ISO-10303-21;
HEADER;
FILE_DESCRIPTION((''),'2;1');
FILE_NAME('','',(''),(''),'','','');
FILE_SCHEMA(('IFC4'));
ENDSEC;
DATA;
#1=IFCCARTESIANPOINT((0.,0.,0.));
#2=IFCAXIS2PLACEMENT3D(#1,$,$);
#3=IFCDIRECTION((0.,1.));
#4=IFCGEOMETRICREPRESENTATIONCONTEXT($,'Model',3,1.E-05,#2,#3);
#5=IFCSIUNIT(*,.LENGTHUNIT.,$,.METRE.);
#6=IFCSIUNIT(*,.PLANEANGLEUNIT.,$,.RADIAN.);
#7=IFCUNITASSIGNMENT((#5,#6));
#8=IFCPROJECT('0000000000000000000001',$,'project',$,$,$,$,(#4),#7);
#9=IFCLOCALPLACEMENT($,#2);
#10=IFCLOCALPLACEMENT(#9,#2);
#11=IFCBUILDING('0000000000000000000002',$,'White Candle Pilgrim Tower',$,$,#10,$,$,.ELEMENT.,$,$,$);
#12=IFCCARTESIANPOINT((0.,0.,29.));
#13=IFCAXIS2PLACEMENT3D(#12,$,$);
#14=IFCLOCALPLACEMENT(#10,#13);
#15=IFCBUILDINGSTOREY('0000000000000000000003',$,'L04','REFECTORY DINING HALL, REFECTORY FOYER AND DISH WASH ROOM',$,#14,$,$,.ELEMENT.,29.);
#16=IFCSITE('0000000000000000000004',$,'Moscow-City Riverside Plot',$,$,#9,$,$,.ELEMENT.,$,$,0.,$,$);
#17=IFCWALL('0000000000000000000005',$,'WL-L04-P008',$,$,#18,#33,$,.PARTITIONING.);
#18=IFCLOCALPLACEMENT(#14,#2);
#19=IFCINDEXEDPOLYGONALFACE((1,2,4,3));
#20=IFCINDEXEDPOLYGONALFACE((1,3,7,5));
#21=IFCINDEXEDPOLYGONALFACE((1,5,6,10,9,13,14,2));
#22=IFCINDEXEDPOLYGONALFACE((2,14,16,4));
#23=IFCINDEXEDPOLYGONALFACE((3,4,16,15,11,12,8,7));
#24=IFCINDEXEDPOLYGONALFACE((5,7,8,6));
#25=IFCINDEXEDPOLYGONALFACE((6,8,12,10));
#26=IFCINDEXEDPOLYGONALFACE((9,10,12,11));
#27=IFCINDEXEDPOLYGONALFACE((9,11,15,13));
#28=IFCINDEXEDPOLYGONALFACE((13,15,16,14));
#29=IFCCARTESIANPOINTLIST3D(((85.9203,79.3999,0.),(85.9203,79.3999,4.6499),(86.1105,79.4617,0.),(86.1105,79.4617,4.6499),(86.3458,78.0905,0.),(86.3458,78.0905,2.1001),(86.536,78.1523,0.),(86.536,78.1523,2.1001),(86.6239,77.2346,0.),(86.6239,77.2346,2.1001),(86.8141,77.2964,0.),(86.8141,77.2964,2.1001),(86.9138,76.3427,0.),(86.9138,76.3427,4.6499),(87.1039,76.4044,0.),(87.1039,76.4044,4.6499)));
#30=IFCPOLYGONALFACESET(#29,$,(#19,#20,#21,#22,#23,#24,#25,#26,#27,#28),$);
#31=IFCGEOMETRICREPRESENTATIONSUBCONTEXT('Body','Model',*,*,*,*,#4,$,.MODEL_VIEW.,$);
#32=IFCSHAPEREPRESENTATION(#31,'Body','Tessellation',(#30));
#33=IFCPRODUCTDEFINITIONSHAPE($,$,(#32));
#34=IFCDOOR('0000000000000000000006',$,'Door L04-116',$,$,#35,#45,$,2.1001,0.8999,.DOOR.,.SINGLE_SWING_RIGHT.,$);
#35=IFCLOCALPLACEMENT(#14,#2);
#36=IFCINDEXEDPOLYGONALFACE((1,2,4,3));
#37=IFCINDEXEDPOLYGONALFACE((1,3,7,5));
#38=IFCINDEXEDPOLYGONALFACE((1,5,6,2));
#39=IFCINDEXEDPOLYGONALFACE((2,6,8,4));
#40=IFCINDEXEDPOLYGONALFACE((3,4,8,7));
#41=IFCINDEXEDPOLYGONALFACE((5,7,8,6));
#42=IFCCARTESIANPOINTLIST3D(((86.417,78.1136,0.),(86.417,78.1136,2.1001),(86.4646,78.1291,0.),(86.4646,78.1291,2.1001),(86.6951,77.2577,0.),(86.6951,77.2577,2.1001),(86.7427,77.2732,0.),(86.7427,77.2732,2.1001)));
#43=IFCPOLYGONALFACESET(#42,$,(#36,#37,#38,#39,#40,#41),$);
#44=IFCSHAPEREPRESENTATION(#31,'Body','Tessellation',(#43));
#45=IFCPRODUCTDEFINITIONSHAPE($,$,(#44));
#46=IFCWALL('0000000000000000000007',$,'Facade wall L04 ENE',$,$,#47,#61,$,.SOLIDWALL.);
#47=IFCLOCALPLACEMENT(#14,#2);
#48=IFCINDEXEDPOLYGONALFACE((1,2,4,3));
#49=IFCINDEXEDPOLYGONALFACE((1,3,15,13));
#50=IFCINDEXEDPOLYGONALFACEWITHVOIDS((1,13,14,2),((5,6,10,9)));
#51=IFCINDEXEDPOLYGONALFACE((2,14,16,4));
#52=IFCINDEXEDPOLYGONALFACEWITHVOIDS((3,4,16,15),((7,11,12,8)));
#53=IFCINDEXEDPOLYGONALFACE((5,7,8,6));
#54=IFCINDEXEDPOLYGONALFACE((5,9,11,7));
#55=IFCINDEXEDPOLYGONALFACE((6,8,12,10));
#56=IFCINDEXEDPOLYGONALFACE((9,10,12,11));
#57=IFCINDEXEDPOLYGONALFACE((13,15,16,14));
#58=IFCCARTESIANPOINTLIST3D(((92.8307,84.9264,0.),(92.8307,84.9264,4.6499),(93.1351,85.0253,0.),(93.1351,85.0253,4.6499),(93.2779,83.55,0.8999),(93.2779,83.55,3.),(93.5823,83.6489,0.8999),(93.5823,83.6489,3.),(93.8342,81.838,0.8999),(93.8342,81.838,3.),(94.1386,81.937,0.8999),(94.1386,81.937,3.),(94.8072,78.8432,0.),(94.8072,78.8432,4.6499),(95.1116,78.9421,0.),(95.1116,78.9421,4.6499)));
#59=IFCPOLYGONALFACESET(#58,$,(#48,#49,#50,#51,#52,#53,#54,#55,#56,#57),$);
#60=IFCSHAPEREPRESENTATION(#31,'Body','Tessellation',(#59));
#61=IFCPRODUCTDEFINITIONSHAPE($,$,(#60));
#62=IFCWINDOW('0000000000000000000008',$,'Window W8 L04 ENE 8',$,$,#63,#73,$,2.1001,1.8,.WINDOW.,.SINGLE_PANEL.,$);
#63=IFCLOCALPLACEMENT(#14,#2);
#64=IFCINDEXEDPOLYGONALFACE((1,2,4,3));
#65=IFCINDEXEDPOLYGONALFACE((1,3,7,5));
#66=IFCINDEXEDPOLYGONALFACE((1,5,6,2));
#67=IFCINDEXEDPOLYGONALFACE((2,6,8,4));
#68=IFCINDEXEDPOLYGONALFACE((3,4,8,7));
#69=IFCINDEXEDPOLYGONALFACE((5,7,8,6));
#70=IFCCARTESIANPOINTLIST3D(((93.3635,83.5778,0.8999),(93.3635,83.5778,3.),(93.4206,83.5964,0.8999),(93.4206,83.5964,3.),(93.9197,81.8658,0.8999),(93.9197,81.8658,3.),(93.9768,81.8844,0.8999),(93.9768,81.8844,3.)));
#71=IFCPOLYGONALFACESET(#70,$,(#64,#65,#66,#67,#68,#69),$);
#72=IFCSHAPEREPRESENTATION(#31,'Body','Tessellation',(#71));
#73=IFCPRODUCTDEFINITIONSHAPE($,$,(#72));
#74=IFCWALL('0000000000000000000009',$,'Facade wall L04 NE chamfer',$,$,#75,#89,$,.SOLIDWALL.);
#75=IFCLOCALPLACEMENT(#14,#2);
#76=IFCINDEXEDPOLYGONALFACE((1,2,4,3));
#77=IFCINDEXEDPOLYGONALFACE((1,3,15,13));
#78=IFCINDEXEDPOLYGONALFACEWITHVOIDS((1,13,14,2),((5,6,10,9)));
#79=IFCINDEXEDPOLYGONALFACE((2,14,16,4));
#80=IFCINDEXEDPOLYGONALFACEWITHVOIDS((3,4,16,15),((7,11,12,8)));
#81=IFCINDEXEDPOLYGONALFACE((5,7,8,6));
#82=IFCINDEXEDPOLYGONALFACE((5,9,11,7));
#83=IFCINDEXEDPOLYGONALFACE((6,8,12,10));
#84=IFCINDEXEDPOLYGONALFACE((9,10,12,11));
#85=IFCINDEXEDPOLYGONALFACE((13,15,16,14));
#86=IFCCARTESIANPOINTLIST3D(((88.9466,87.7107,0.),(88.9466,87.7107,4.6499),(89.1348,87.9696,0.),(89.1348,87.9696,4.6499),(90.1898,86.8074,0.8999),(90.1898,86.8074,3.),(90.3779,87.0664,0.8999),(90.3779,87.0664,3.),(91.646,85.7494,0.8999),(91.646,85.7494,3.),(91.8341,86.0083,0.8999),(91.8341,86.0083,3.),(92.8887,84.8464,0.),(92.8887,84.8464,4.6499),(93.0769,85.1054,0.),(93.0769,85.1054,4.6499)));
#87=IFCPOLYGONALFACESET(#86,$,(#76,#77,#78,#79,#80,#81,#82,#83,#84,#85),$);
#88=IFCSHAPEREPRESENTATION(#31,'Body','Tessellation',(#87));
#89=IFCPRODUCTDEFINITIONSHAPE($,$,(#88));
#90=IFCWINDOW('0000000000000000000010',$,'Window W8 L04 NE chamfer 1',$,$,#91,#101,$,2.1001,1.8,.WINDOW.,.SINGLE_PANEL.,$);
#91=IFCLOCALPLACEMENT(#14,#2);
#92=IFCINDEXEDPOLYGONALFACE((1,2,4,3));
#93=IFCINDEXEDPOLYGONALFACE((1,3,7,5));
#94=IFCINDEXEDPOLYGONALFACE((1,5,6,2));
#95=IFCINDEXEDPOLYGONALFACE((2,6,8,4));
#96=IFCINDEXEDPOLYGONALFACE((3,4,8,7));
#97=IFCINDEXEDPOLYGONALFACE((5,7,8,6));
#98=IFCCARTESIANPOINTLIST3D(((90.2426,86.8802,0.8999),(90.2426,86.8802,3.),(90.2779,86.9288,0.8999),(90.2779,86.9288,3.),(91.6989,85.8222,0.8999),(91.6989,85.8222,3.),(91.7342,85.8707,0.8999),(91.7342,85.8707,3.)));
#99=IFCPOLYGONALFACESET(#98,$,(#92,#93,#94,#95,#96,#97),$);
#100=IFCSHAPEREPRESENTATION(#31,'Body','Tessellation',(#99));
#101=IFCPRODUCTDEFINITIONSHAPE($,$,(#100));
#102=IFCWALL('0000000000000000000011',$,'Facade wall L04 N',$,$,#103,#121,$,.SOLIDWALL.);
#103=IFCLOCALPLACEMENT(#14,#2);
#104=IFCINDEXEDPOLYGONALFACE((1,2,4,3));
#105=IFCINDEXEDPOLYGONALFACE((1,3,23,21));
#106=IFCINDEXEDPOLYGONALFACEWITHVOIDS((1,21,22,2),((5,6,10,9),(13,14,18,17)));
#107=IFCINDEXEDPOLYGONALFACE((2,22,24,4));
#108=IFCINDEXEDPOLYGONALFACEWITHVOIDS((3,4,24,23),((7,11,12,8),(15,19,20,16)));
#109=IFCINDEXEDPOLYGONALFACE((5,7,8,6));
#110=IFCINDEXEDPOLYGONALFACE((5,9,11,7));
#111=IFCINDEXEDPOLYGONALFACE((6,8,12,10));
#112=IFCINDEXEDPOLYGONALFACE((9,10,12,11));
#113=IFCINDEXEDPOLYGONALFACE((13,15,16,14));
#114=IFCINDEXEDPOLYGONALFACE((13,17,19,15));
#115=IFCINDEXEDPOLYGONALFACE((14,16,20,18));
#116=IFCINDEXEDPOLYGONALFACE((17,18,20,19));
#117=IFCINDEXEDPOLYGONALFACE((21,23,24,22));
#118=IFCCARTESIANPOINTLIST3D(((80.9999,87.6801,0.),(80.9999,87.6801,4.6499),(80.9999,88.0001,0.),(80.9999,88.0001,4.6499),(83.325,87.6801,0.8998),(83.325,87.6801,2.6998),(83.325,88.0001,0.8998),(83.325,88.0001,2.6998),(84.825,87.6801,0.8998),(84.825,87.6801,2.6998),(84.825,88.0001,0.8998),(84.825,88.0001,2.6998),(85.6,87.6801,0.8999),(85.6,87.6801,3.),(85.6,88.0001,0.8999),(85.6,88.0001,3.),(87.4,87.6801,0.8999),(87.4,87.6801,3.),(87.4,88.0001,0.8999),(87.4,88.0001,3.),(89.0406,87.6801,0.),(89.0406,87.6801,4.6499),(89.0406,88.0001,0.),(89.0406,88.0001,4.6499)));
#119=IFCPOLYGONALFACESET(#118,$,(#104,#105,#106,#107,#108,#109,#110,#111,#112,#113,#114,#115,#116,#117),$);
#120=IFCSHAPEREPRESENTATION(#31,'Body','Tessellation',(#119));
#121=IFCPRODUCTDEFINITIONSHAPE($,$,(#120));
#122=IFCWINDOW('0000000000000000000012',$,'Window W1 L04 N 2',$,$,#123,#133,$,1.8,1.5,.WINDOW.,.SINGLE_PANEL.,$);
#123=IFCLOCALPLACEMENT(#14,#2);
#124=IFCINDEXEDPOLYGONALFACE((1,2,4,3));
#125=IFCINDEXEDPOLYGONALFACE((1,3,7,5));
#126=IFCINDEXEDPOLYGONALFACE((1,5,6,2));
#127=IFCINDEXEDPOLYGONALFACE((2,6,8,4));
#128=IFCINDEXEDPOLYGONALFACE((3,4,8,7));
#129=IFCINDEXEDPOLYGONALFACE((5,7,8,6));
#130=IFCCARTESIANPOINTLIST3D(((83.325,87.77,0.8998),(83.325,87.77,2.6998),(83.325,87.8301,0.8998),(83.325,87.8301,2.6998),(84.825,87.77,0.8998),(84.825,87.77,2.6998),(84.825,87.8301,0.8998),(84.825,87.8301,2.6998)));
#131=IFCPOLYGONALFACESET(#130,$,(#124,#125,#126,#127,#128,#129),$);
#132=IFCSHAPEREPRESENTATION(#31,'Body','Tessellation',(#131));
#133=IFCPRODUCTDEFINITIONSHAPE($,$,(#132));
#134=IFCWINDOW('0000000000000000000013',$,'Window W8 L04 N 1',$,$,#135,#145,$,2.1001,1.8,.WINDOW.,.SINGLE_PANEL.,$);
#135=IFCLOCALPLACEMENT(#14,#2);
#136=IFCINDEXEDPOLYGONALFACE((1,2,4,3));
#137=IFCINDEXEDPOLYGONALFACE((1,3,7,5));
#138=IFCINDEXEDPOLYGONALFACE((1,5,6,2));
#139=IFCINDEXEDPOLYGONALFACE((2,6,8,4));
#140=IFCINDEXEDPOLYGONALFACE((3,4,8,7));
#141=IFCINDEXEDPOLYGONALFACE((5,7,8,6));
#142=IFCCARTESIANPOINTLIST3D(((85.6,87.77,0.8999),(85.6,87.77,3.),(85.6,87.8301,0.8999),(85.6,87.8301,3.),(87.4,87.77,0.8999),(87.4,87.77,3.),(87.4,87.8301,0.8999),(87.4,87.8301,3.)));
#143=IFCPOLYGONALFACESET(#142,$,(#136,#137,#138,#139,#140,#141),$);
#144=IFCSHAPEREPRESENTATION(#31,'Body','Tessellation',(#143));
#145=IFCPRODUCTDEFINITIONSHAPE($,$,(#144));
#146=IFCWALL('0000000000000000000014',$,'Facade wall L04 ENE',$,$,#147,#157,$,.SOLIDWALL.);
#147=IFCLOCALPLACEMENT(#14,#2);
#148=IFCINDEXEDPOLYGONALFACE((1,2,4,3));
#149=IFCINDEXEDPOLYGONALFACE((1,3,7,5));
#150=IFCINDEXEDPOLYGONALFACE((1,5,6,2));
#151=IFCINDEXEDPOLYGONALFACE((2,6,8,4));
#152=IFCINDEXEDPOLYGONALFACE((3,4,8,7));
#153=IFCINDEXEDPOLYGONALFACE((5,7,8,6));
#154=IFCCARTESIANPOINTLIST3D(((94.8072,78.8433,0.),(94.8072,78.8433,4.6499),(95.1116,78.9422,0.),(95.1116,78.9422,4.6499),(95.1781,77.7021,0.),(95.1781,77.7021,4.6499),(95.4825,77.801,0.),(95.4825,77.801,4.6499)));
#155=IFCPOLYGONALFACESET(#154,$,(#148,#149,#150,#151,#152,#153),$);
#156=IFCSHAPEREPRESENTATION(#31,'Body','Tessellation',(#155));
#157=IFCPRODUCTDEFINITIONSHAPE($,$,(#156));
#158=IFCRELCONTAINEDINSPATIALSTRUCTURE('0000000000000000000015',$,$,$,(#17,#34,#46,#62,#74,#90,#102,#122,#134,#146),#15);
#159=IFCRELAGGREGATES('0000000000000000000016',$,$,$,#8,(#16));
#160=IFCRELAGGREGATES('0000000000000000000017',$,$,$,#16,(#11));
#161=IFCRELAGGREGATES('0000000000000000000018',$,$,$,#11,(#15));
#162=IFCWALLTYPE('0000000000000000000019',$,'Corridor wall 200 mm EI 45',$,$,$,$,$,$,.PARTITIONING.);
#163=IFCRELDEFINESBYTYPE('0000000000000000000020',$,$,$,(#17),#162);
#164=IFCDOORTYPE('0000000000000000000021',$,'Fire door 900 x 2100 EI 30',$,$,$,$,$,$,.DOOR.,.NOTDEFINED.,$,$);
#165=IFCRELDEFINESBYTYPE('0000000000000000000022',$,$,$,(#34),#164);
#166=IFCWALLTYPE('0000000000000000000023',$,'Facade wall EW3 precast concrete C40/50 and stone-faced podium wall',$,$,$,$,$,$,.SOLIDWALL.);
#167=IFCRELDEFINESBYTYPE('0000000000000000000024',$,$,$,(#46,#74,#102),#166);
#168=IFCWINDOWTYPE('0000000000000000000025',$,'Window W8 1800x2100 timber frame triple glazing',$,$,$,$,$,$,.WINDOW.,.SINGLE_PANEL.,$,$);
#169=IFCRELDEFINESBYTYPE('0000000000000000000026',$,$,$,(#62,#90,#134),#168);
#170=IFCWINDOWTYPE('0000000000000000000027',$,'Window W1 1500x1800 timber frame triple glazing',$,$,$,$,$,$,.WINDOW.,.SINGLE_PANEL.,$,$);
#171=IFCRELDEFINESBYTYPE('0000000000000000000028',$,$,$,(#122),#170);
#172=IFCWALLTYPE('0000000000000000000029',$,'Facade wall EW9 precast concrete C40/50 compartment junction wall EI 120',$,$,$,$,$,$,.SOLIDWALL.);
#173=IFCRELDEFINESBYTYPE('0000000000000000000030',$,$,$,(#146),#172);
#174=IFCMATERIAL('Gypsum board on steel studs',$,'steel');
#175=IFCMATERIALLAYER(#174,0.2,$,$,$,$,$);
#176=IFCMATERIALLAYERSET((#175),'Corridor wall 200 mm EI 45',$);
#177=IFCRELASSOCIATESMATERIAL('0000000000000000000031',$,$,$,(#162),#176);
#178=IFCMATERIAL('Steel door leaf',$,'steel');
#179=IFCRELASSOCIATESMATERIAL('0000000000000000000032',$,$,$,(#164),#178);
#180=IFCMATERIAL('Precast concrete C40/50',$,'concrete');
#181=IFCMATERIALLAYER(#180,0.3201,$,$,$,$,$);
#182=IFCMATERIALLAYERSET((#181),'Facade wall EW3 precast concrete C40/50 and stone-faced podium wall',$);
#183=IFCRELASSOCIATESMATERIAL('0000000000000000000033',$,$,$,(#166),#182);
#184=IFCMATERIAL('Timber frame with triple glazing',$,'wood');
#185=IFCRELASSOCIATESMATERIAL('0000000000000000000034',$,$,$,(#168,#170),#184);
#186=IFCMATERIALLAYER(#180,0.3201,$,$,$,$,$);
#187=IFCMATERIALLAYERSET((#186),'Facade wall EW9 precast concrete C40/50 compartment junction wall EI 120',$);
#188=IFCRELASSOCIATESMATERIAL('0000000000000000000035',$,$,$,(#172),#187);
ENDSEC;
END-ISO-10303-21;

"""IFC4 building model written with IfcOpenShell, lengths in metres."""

from ifc_helpers import new_model, si_unit, direction, frame, frame_2d, origin, place, context, subcontext, project, spatial, rectangle, extrude, material, layer, layer_set, type_object, element, fill, save


model = new_model("IFC4")

# Units and contexts
model_context = context("Model", 3, precision=1e-05, world=origin(), true_north=direction((0.0, 1.0)))
body_context = subcontext(model_context, "Body", "Model", "MODEL_VIEW")
ifc_project = project(units=[si_unit("LENGTHUNIT", "METRE"), si_unit("PLANEANGLEUNIT", "RADIAN")], contexts=[model_context])

# Site, building, storey
site_placement = place(None, origin())
site = spatial("IfcSite", under=ifc_project, at=site_placement, Name="Moscow-City Riverside Plot", CompositionType="ELEMENT", RefElevation=0.0)
building_placement = place(site_placement, origin())
building = spatial("IfcBuilding", under=site, at=building_placement, Name="White Candle Pilgrim Tower", CompositionType="ELEMENT")
storey_placement = place(building_placement, frame((0.0, 0.0, 29.0)))
storey = spatial("IfcBuildingStorey", under=building, at=storey_placement, Name="L04", Description="REFECTORY DINING HALL, REFECTORY FOYER AND DISH WASH ROOM", CompositionType="ELEMENT", Elevation=29.0)

# Wall, opening, door
ifc_material_1 = material(Name="Gypsum board on steel studs", Category="steel")
ifc_layer_1 = layer(ifc_material_1, 0.2)
ifc_layer_set_1 = layer_set([ifc_layer_1], Name="Corridor wall 200 mm EI 45")
wall_type_1 = type_object("IfcWallType", Name="Corridor wall 200 mm EI 45", PredefinedType="PARTITIONING", material=ifc_layer_set_1)
wall_1_placement = place(storey_placement, frame((86.0154, 79.4309, 0.0), z_axis=(0.0, 0.0, 1.0), x_axis=(0.309041, -0.951049, 0.0)))
wall_1 = element("IfcWall", 1, at=wall_1_placement, inside=storey, type_object=wall_type_1, Name="WL-L04-P008", PredefinedType="PARTITIONING", context=body_context, shape_type="SweptSolid", body=[
    extrude(rectangle(XDim=3.2146, YDim=0.2, at=frame_2d((1.6074, 0.0))), origin(), (0.0, 0.0, 1.0), 4.6499),
])
opening_1_placement = place(wall_1_placement, frame((1.377, 0.0, 0.0)))
opening_1 = element("IfcOpeningElement", 2, at=opening_1_placement, cuts=wall_1, PredefinedType="OPENING", context=body_context, shape_type="SweptSolid", body=[
    extrude(rectangle(XDim=0.8999, YDim=2.1001, at=frame_2d((0.45, 1.05))), frame((0.0, 0.1099, 0.0), z_axis=(0.0, -1.0, 0.0), x_axis=(1.0, 0.0, 0.0)), (0.0, 0.0, 1.0), 0.22),
])
ifc_material_2 = material(Name="Steel door leaf", Category="steel")
door_type = type_object("IfcDoorType", Name="Fire door 900 x 2100 EI 30", OperationType="NOTDEFINED", PredefinedType="DOOR", material=ifc_material_2)
door_placement = place(opening_1_placement, origin())
door = element("IfcDoor", 3, at=door_placement, inside=storey, type_object=door_type, Name="Door L04-116", OperationType="SINGLE_SWING_RIGHT", OverallHeight=2.1001, OverallWidth=0.8999, PredefinedType="DOOR", context=body_context, shape_type="SweptSolid", body=[
    extrude(rectangle(XDim=0.8999, YDim=2.1001, at=frame_2d((0.45, 1.05))), frame((0.0, 0.0249, 0.0), z_axis=(0.0, -1.0, 0.0), x_axis=(1.0, 0.0, 0.0)), (0.0, 0.0, 1.0), 0.05),
])
fill(opening_1, door)

# Walls, openings, windows
ifc_material_3 = material(Name="Precast concrete C40/50", Category="concrete")
ifc_layer_2 = layer(ifc_material_3, 0.3201)
ifc_layer_set_2 = layer_set([ifc_layer_2], Name="Facade wall EW3 precast concrete C40/50 and stone-faced podium wall")
wall_type_2 = type_object("IfcWallType", Name="Facade wall EW3 precast concrete C40/50 and stone-faced podium wall", PredefinedType="SOLIDWALL", material=ifc_layer_set_2)
wall_2_placement = place(storey_placement, frame((94.9595, 78.8926, 0.0), z_axis=(0.0, 0.0, 1.0), x_axis=(-0.309016, 0.951057, 0.0)))
wall_2 = element("IfcWall", 4, at=wall_2_placement, inside=storey, type_object=wall_type_2, Name="Facade wall L04 ENE", PredefinedType="SOLIDWALL", context=body_context, shape_type="SweptSolid", body=[
    extrude(rectangle(XDim=6.3962, YDim=0.3201, at=frame_2d((3.1982, 0.0))), origin(), (0.0, 0.0, 1.0), 4.6499),
])
opening_2_placement = place(wall_2_placement, frame((3.1492, 0.0, 0.8999)))
opening_2 = element("IfcOpeningElement", 5, at=opening_2_placement, cuts=wall_2, PredefinedType="OPENING", context=body_context, shape_type="SweptSolid", body=[
    extrude(rectangle(XDim=1.8, YDim=2.1001, at=frame_2d((0.8999, 1.05))), frame((0.0, 0.1699, 0.0), z_axis=(0.0, -1.0, 0.0), x_axis=(1.0, 0.0, 0.0)), (0.0, 0.0, 1.0), 0.3401),
])
ifc_material_4 = material(Name="Timber frame with triple glazing", Category="wood")
window_type_1 = type_object("IfcWindowType", Name="Window W8 1800x2100 timber frame triple glazing", PartitioningType="SINGLE_PANEL", PredefinedType="WINDOW", material=ifc_material_4)
window_1_placement = place(opening_2_placement, origin())
window_1 = element("IfcWindow", 6, at=window_1_placement, inside=storey, type_object=window_type_1, Name="Window W8 L04 ENE 8", OverallHeight=2.1001, OverallWidth=1.8, PartitioningType="SINGLE_PANEL", PredefinedType="WINDOW", context=body_context, shape_type="SweptSolid", body=[
    extrude(rectangle(XDim=1.8, YDim=2.1001, at=frame_2d((0.8999, 1.05))), frame((0.0, 0.0701, 0.0), z_axis=(0.0, -1.0, 0.0), x_axis=(1.0, 0.0, 0.0)), (0.0, 0.0, 1.0), 0.0601),
])
fill(opening_2, window_1)
wall_3_placement = place(storey_placement, frame((92.9829, 84.9758, 0.0), z_axis=(0.0, 0.0, 1.0), x_axis=(-0.809005, 0.587802, 0.0)))
wall_3 = element("IfcWall", 7, at=wall_3_placement, inside=storey, type_object=wall_type_2, Name="Facade wall L04 NE chamfer", PredefinedType="SOLIDWALL", context=body_context, shape_type="SweptSolid", body=[
    extrude(rectangle(XDim=4.8728, YDim=0.3201, at=frame_2d((2.4365, 0.0))), origin(), (0.0, 0.0, 1.0), 4.6499),
])
opening_3_placement = place(wall_3_placement, frame((1.5364, 0.0, 0.8999)))
opening_3 = element("IfcOpeningElement", 8, at=opening_3_placement, cuts=wall_3, PredefinedType="OPENING", context=body_context, shape_type="SweptSolid", body=[
    extrude(rectangle(XDim=1.8, YDim=2.1001, at=frame_2d((0.8999, 1.05))), frame((0.0, 0.1699, 0.0), z_axis=(0.0, -1.0, 0.0), x_axis=(1.0, 0.0, 0.0)), (0.0, 0.0, 1.0), 0.3401),
])
window_2_placement = place(opening_3_placement, origin())
window_2 = element("IfcWindow", 9, at=window_2_placement, inside=storey, type_object=window_type_1, Name="Window W8 L04 NE chamfer 1", OverallHeight=2.1001, OverallWidth=1.8, PartitioningType="SINGLE_PANEL", PredefinedType="WINDOW", context=body_context, shape_type="SweptSolid", body=[
    extrude(rectangle(XDim=1.8, YDim=2.1001, at=frame_2d((0.8999, 1.05))), frame((0.0, 0.0701, 0.0), z_axis=(0.0, -1.0, 0.0), x_axis=(1.0, 0.0, 0.0)), (0.0, 0.0, 1.0), 0.0601),
])
fill(opening_3, window_2)

# Wall, openings, windows
wall_4_placement = place(storey_placement, frame((89.0408, 87.8401, 0.0), z_axis=(0.0, 0.0, 1.0), x_axis=(-1.0, 0.0, 0.0)))
wall_4 = element("IfcWall", 10, at=wall_4_placement, inside=storey, type_object=wall_type_2, Name="Facade wall L04 N", PredefinedType="SOLIDWALL", context=body_context, shape_type="SweptSolid", body=[
    extrude(rectangle(XDim=8.0408, YDim=0.3201, at=frame_2d((4.0205, 0.0))), origin(), (0.0, 0.0, 1.0), 4.6499),
])
opening_4_placement = place(wall_4_placement, frame((1.6409, 0.0, 0.8999)))
opening_4 = element("IfcOpeningElement", 11, at=opening_4_placement, cuts=wall_4, PredefinedType="OPENING", context=body_context, shape_type="SweptSolid", body=[
    extrude(rectangle(XDim=1.8, YDim=2.1001, at=frame_2d((0.8999, 1.05))), frame((0.0, 0.1699, 0.0), z_axis=(0.0, -1.0, 0.0), x_axis=(1.0, 0.0, 0.0)), (0.0, 0.0, 1.0), 0.3401),
])
opening_5_placement = place(wall_4_placement, frame((4.2158, 0.0, 0.8999)))
opening_5 = element("IfcOpeningElement", 12, at=opening_5_placement, cuts=wall_4, PredefinedType="OPENING", context=body_context, shape_type="SweptSolid", body=[
    extrude(rectangle(XDim=1.5, YDim=1.8, at=frame_2d((0.75, 0.8999))), frame((0.0, 0.1699, 0.0), z_axis=(0.0, -1.0, 0.0), x_axis=(1.0, 0.0, 0.0)), (0.0, 0.0, 1.0), 0.3401),
])
window_type_2 = type_object("IfcWindowType", Name="Window W1 1500x1800 timber frame triple glazing", PartitioningType="SINGLE_PANEL", PredefinedType="WINDOW", material=ifc_material_4)
window_3_placement = place(opening_5_placement, origin())
window_3 = element("IfcWindow", 13, at=window_3_placement, inside=storey, type_object=window_type_2, Name="Window W1 L04 N 2", OverallHeight=1.8, OverallWidth=1.5, PartitioningType="SINGLE_PANEL", PredefinedType="WINDOW", context=body_context, shape_type="SweptSolid", body=[
    extrude(rectangle(XDim=1.5, YDim=1.8, at=frame_2d((0.75, 0.8999))), frame((0.0, 0.0701, 0.0), z_axis=(0.0, -1.0, 0.0), x_axis=(1.0, 0.0, 0.0)), (0.0, 0.0, 1.0), 0.0601),
])
fill(opening_5, window_3)
window_4_placement = place(opening_4_placement, origin())
window_4 = element("IfcWindow", 14, at=window_4_placement, inside=storey, type_object=window_type_1, Name="Window W8 L04 N 1", OverallHeight=2.1001, OverallWidth=1.8, PartitioningType="SINGLE_PANEL", PredefinedType="WINDOW", context=body_context, shape_type="SweptSolid", body=[
    extrude(rectangle(XDim=1.8, YDim=2.1001, at=frame_2d((0.8999, 1.05))), frame((0.0, 0.0701, 0.0), z_axis=(0.0, -1.0, 0.0), x_axis=(1.0, 0.0, 0.0)), (0.0, 0.0, 1.0), 0.0601),
])
fill(opening_4, window_4)

# Wall
ifc_layer_3 = layer(ifc_material_3, 0.3201)
ifc_layer_set_3 = layer_set([ifc_layer_3], Name="Facade wall EW9 precast concrete C40/50 compartment junction wall EI 120")
wall_type_3 = type_object("IfcWallType", Name="Facade wall EW9 precast concrete C40/50 compartment junction wall EI 120", PredefinedType="SOLIDWALL", material=ifc_layer_set_3)
wall_5_placement = place(storey_placement, frame((95.3303, 77.7515, 0.0), z_axis=(0.0, 0.0, 1.0), x_axis=(-0.309077, 0.951037, 0.0)))
element("IfcWall", 15, at=wall_5_placement, inside=storey, type_object=wall_type_3, Name="Facade wall L04 ENE", PredefinedType="SOLIDWALL", context=body_context, shape_type="SweptSolid", body=[
    extrude(rectangle(XDim=1.2, YDim=0.3201, at=frame_2d((0.6001, 0.0))), origin(), (0.0, 0.0, 1.0), 4.6499),
])

save(model, "model.ifc")
